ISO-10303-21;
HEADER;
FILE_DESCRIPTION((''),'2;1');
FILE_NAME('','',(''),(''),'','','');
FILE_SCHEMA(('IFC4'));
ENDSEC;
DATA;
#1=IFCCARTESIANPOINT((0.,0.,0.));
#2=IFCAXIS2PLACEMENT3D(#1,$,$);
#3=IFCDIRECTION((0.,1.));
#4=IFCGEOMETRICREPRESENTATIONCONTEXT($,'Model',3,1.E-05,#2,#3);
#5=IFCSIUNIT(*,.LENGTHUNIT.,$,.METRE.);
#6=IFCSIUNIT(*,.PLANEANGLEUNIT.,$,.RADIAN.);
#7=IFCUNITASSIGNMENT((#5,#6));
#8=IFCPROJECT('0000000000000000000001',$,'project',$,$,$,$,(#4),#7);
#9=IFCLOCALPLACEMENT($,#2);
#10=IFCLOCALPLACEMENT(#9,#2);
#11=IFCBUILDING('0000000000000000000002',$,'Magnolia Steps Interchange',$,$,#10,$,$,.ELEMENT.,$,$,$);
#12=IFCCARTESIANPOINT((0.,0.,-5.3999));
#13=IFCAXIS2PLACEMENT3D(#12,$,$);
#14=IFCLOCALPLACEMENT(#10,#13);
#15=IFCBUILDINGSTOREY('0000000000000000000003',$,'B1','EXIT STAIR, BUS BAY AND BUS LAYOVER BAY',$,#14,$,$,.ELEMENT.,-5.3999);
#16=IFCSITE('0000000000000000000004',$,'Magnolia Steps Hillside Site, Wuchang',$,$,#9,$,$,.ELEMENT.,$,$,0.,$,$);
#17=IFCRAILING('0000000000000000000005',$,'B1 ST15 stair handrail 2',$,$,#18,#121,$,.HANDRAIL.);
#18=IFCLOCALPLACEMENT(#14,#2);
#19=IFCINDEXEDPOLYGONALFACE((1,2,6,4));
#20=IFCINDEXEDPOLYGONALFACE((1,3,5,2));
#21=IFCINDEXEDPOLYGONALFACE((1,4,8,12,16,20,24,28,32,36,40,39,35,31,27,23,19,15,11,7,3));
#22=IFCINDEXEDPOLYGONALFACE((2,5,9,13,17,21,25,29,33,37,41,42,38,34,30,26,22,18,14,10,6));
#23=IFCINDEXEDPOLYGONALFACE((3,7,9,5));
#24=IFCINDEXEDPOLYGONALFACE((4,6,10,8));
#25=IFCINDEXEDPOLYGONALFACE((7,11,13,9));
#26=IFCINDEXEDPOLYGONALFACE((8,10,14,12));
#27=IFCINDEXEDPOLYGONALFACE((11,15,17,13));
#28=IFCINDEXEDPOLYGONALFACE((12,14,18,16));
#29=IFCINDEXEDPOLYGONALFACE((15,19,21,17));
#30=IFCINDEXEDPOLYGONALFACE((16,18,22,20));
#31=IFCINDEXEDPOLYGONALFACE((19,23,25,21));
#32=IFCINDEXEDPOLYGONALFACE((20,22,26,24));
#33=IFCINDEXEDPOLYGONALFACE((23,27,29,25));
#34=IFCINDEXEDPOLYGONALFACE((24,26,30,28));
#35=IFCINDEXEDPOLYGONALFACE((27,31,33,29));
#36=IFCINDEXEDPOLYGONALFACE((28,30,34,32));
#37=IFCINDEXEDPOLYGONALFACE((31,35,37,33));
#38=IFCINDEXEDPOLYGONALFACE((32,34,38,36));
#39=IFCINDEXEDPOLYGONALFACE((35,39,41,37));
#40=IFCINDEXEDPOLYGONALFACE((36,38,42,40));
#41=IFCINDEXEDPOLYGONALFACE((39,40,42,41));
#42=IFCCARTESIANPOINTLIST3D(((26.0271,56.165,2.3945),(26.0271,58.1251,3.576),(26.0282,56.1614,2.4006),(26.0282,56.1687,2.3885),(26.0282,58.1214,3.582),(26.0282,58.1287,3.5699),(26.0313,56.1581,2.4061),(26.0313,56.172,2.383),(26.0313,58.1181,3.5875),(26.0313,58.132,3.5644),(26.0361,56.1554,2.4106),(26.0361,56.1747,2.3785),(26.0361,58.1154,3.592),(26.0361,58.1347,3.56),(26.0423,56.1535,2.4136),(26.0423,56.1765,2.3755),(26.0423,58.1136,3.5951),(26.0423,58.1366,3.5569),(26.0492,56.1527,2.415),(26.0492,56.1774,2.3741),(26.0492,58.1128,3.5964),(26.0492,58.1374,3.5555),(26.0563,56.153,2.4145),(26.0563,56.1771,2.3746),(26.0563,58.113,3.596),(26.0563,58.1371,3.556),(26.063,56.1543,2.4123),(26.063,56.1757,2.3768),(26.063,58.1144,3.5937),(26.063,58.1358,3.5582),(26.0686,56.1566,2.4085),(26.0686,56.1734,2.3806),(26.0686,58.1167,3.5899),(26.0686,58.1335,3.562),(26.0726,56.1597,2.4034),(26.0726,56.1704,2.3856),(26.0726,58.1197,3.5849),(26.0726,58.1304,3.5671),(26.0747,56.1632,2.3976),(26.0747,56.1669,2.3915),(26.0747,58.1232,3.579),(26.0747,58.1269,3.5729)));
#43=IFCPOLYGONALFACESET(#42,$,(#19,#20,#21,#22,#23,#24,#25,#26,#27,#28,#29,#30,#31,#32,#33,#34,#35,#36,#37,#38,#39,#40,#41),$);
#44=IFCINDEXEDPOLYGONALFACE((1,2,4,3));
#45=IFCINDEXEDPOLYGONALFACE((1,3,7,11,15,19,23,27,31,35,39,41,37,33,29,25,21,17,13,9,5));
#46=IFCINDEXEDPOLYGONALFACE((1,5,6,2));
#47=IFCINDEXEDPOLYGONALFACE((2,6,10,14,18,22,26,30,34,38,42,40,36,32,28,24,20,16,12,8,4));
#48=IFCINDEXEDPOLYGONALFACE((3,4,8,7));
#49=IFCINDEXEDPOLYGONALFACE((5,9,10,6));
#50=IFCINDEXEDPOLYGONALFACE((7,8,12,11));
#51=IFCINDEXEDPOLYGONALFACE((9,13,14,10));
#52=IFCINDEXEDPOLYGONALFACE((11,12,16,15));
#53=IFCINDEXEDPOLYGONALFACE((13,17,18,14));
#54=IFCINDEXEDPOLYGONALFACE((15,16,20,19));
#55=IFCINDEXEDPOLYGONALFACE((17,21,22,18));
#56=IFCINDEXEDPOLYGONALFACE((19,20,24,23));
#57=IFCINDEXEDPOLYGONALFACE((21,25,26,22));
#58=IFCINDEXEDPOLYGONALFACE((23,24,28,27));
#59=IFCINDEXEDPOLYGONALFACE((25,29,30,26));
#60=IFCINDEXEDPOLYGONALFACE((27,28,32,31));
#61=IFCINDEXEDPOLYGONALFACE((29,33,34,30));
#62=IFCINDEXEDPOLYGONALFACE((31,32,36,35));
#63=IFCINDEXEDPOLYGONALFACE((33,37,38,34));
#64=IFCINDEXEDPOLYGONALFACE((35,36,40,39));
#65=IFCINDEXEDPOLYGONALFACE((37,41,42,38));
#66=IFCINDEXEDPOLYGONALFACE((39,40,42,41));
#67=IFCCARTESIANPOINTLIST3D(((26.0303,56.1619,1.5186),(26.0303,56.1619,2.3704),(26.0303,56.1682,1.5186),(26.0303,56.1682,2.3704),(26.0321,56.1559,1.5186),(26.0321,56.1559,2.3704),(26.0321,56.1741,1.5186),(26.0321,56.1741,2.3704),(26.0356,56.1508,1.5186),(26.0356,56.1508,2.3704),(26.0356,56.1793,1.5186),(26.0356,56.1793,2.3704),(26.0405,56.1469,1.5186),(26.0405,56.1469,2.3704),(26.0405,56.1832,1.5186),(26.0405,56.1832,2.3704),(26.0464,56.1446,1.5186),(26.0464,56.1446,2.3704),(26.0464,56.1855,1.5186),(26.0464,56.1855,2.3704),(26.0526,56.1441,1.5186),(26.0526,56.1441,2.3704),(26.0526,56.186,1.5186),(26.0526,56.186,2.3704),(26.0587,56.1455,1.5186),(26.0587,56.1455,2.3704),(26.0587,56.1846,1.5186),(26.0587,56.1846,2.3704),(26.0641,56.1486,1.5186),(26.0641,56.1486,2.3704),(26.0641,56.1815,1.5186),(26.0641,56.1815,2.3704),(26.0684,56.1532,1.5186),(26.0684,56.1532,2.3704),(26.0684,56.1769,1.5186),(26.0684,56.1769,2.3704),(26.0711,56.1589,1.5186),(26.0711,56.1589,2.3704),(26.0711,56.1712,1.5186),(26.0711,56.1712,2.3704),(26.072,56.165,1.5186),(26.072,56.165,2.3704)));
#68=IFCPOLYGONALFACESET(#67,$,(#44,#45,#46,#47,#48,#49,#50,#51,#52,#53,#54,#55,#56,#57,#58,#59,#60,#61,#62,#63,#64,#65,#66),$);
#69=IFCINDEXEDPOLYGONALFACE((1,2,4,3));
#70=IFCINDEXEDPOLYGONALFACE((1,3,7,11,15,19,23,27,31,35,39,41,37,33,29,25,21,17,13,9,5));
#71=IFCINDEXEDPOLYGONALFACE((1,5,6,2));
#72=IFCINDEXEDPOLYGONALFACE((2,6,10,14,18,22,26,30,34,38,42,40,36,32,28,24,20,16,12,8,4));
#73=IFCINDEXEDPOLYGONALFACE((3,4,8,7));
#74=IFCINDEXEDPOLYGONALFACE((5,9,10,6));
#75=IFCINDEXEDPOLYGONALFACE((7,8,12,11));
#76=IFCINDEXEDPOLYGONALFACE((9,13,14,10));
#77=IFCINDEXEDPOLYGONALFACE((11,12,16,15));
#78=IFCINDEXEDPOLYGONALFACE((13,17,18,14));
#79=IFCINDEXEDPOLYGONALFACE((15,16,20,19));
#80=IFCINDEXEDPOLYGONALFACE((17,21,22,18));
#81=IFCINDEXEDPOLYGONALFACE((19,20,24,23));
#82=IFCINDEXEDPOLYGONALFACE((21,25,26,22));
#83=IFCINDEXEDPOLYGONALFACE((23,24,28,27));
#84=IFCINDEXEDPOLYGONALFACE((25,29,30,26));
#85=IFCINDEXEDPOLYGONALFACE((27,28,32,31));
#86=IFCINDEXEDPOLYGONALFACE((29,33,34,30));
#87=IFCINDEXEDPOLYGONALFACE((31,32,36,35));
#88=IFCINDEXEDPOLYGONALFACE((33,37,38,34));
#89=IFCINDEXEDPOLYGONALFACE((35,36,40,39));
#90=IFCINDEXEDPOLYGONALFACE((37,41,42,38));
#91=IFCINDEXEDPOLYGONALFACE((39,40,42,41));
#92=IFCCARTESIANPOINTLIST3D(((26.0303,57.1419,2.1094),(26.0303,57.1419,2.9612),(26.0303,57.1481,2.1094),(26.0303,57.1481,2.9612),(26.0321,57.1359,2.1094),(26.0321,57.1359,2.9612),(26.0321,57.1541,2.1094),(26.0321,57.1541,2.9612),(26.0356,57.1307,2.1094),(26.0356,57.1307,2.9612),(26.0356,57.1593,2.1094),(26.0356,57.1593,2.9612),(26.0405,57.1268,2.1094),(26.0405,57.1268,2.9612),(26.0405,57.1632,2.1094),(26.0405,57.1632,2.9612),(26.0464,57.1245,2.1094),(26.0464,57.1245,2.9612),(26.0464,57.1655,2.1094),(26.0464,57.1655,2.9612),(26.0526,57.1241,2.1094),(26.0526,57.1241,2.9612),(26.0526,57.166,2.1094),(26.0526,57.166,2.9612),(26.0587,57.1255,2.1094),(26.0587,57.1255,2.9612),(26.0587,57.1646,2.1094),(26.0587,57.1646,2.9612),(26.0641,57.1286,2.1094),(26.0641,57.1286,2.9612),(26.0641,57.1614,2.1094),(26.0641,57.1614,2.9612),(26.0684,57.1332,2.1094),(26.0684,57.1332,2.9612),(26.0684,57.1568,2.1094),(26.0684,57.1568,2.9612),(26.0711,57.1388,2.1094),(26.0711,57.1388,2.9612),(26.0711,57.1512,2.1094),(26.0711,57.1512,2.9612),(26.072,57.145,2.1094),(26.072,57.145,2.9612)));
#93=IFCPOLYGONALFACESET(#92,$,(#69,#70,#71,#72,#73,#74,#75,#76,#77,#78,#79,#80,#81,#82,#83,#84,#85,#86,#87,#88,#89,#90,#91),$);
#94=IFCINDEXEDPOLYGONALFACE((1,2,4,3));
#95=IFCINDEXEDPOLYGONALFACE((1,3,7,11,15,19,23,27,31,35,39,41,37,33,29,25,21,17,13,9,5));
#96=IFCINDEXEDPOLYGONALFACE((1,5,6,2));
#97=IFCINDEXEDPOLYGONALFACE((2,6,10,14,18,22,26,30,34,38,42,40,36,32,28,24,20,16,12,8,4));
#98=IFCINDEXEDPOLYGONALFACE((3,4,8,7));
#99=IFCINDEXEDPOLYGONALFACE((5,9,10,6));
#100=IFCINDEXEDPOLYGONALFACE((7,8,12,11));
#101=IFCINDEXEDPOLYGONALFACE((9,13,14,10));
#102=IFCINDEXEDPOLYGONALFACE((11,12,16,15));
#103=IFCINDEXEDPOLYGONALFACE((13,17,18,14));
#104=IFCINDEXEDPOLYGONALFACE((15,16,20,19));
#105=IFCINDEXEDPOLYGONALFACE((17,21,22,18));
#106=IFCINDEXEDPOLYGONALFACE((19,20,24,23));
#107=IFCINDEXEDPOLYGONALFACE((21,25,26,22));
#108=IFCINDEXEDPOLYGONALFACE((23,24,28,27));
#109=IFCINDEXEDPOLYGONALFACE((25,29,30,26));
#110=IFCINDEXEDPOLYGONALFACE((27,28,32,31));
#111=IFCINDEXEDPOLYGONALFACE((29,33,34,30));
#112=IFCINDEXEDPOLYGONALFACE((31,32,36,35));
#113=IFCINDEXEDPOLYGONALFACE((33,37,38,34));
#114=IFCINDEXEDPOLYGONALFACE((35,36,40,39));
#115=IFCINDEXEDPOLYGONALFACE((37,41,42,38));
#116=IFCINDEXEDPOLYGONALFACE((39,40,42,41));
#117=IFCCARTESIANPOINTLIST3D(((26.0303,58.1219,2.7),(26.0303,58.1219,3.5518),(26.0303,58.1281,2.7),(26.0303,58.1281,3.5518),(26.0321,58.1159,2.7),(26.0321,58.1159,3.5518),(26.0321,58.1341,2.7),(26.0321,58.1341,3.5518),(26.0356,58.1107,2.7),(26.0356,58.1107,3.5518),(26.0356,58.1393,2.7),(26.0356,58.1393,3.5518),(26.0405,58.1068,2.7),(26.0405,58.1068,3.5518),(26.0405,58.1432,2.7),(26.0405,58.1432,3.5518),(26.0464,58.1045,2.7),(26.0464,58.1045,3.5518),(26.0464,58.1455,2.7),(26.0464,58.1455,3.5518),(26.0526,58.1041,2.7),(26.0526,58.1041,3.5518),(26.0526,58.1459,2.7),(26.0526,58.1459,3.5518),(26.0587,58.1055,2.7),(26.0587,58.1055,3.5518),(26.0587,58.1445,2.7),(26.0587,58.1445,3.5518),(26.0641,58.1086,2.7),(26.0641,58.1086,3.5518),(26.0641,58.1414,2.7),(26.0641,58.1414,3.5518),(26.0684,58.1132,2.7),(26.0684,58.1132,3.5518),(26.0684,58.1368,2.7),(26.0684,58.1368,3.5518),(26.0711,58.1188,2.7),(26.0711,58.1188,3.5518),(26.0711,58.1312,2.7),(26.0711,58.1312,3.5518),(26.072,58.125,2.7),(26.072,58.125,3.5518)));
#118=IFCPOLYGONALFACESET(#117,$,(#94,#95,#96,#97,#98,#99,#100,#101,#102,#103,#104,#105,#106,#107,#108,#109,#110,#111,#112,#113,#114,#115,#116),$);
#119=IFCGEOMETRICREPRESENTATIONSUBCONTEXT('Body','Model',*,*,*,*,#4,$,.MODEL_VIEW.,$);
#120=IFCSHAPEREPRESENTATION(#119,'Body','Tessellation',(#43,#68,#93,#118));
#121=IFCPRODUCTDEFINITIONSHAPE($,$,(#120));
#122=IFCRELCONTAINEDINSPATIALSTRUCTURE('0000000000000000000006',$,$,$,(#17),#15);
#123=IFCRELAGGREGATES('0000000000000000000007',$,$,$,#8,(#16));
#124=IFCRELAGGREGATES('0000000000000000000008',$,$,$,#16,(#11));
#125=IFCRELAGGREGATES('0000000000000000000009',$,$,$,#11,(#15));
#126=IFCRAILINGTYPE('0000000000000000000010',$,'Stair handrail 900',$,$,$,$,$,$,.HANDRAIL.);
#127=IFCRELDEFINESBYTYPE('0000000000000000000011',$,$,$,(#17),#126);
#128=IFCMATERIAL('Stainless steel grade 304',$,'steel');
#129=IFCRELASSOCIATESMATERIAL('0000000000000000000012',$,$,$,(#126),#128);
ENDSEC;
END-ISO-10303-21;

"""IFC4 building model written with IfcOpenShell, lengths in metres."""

from ifc_helpers import new_model, si_unit, direction, frame, origin, origin_2d, place, context, subcontext, project, spatial, circle, extrude, material, type_object, element, save


model = new_model("IFC4")

# Units and contexts
model_context = context("Model", 3, precision=1e-05, world=origin(), true_north=direction((0.0, 1.0)))
body_context = subcontext(model_context, "Body", "Model", "MODEL_VIEW")
ifc_project = project(units=[si_unit("LENGTHUNIT", "METRE"), si_unit("PLANEANGLEUNIT", "RADIAN")], contexts=[model_context])

# Site, building, storey
site_placement = place(None, origin())
site = spatial("IfcSite", under=ifc_project, at=site_placement, Name="Magnolia Steps Hillside Site, Wuchang", CompositionType="ELEMENT", RefElevation=0.0)
building_placement = place(site_placement, origin())
building = spatial("IfcBuilding", under=site, at=building_placement, Name="Magnolia Steps Interchange", CompositionType="ELEMENT")
storey_placement = place(building_placement, frame((0.0, 0.0, -5.3999)))
storey = spatial("IfcBuildingStorey", under=building, at=storey_placement, Name="B1", Description="EXIT STAIR, BUS BAY AND BUS LAYOVER BAY", CompositionType="ELEMENT", Elevation=-5.3999)

# Railing
ifc_material_1 = material(Name="Stainless steel grade 304", Category="steel")
railing_type_1 = type_object("IfcRailingType", Name="Stair handrail 900", PredefinedType="HANDRAIL", material=ifc_material_1)
railing_1_placement = place(storey_placement, frame((26.051, 56.165, 1.5186)))
element("IfcRailing", 1, at=railing_1_placement, inside=storey, type_object=railing_type_1, Name="B1 ST15 stair handrail 2", PredefinedType="HANDRAIL", context=body_context, shape_type="SweptSolid", body=[
    extrude(circle(Radius=0.0239, at=origin_2d()), frame((0.0, 0.0, 0.876), z_axis=(0.0, 0.856446, 0.516236), x_axis=(-1.0, 0.0, 0.0)), (0.0, 0.0, 1.0), 2.2886),
    extrude(circle(Radius=0.021, at=origin_2d()), origin(), (0.0, 0.0, 1.0), 0.8518),
    extrude(circle(Radius=0.021, at=origin_2d()), frame((0.0, 0.98, 0.5908)), (0.0, 0.0, 1.0), 0.8518),
    extrude(circle(Radius=0.021, at=origin_2d()), frame((0.0, 1.96, 1.1814)), (0.0, 0.0, 1.0), 0.8518),
])

save(model, "model.ifc")
